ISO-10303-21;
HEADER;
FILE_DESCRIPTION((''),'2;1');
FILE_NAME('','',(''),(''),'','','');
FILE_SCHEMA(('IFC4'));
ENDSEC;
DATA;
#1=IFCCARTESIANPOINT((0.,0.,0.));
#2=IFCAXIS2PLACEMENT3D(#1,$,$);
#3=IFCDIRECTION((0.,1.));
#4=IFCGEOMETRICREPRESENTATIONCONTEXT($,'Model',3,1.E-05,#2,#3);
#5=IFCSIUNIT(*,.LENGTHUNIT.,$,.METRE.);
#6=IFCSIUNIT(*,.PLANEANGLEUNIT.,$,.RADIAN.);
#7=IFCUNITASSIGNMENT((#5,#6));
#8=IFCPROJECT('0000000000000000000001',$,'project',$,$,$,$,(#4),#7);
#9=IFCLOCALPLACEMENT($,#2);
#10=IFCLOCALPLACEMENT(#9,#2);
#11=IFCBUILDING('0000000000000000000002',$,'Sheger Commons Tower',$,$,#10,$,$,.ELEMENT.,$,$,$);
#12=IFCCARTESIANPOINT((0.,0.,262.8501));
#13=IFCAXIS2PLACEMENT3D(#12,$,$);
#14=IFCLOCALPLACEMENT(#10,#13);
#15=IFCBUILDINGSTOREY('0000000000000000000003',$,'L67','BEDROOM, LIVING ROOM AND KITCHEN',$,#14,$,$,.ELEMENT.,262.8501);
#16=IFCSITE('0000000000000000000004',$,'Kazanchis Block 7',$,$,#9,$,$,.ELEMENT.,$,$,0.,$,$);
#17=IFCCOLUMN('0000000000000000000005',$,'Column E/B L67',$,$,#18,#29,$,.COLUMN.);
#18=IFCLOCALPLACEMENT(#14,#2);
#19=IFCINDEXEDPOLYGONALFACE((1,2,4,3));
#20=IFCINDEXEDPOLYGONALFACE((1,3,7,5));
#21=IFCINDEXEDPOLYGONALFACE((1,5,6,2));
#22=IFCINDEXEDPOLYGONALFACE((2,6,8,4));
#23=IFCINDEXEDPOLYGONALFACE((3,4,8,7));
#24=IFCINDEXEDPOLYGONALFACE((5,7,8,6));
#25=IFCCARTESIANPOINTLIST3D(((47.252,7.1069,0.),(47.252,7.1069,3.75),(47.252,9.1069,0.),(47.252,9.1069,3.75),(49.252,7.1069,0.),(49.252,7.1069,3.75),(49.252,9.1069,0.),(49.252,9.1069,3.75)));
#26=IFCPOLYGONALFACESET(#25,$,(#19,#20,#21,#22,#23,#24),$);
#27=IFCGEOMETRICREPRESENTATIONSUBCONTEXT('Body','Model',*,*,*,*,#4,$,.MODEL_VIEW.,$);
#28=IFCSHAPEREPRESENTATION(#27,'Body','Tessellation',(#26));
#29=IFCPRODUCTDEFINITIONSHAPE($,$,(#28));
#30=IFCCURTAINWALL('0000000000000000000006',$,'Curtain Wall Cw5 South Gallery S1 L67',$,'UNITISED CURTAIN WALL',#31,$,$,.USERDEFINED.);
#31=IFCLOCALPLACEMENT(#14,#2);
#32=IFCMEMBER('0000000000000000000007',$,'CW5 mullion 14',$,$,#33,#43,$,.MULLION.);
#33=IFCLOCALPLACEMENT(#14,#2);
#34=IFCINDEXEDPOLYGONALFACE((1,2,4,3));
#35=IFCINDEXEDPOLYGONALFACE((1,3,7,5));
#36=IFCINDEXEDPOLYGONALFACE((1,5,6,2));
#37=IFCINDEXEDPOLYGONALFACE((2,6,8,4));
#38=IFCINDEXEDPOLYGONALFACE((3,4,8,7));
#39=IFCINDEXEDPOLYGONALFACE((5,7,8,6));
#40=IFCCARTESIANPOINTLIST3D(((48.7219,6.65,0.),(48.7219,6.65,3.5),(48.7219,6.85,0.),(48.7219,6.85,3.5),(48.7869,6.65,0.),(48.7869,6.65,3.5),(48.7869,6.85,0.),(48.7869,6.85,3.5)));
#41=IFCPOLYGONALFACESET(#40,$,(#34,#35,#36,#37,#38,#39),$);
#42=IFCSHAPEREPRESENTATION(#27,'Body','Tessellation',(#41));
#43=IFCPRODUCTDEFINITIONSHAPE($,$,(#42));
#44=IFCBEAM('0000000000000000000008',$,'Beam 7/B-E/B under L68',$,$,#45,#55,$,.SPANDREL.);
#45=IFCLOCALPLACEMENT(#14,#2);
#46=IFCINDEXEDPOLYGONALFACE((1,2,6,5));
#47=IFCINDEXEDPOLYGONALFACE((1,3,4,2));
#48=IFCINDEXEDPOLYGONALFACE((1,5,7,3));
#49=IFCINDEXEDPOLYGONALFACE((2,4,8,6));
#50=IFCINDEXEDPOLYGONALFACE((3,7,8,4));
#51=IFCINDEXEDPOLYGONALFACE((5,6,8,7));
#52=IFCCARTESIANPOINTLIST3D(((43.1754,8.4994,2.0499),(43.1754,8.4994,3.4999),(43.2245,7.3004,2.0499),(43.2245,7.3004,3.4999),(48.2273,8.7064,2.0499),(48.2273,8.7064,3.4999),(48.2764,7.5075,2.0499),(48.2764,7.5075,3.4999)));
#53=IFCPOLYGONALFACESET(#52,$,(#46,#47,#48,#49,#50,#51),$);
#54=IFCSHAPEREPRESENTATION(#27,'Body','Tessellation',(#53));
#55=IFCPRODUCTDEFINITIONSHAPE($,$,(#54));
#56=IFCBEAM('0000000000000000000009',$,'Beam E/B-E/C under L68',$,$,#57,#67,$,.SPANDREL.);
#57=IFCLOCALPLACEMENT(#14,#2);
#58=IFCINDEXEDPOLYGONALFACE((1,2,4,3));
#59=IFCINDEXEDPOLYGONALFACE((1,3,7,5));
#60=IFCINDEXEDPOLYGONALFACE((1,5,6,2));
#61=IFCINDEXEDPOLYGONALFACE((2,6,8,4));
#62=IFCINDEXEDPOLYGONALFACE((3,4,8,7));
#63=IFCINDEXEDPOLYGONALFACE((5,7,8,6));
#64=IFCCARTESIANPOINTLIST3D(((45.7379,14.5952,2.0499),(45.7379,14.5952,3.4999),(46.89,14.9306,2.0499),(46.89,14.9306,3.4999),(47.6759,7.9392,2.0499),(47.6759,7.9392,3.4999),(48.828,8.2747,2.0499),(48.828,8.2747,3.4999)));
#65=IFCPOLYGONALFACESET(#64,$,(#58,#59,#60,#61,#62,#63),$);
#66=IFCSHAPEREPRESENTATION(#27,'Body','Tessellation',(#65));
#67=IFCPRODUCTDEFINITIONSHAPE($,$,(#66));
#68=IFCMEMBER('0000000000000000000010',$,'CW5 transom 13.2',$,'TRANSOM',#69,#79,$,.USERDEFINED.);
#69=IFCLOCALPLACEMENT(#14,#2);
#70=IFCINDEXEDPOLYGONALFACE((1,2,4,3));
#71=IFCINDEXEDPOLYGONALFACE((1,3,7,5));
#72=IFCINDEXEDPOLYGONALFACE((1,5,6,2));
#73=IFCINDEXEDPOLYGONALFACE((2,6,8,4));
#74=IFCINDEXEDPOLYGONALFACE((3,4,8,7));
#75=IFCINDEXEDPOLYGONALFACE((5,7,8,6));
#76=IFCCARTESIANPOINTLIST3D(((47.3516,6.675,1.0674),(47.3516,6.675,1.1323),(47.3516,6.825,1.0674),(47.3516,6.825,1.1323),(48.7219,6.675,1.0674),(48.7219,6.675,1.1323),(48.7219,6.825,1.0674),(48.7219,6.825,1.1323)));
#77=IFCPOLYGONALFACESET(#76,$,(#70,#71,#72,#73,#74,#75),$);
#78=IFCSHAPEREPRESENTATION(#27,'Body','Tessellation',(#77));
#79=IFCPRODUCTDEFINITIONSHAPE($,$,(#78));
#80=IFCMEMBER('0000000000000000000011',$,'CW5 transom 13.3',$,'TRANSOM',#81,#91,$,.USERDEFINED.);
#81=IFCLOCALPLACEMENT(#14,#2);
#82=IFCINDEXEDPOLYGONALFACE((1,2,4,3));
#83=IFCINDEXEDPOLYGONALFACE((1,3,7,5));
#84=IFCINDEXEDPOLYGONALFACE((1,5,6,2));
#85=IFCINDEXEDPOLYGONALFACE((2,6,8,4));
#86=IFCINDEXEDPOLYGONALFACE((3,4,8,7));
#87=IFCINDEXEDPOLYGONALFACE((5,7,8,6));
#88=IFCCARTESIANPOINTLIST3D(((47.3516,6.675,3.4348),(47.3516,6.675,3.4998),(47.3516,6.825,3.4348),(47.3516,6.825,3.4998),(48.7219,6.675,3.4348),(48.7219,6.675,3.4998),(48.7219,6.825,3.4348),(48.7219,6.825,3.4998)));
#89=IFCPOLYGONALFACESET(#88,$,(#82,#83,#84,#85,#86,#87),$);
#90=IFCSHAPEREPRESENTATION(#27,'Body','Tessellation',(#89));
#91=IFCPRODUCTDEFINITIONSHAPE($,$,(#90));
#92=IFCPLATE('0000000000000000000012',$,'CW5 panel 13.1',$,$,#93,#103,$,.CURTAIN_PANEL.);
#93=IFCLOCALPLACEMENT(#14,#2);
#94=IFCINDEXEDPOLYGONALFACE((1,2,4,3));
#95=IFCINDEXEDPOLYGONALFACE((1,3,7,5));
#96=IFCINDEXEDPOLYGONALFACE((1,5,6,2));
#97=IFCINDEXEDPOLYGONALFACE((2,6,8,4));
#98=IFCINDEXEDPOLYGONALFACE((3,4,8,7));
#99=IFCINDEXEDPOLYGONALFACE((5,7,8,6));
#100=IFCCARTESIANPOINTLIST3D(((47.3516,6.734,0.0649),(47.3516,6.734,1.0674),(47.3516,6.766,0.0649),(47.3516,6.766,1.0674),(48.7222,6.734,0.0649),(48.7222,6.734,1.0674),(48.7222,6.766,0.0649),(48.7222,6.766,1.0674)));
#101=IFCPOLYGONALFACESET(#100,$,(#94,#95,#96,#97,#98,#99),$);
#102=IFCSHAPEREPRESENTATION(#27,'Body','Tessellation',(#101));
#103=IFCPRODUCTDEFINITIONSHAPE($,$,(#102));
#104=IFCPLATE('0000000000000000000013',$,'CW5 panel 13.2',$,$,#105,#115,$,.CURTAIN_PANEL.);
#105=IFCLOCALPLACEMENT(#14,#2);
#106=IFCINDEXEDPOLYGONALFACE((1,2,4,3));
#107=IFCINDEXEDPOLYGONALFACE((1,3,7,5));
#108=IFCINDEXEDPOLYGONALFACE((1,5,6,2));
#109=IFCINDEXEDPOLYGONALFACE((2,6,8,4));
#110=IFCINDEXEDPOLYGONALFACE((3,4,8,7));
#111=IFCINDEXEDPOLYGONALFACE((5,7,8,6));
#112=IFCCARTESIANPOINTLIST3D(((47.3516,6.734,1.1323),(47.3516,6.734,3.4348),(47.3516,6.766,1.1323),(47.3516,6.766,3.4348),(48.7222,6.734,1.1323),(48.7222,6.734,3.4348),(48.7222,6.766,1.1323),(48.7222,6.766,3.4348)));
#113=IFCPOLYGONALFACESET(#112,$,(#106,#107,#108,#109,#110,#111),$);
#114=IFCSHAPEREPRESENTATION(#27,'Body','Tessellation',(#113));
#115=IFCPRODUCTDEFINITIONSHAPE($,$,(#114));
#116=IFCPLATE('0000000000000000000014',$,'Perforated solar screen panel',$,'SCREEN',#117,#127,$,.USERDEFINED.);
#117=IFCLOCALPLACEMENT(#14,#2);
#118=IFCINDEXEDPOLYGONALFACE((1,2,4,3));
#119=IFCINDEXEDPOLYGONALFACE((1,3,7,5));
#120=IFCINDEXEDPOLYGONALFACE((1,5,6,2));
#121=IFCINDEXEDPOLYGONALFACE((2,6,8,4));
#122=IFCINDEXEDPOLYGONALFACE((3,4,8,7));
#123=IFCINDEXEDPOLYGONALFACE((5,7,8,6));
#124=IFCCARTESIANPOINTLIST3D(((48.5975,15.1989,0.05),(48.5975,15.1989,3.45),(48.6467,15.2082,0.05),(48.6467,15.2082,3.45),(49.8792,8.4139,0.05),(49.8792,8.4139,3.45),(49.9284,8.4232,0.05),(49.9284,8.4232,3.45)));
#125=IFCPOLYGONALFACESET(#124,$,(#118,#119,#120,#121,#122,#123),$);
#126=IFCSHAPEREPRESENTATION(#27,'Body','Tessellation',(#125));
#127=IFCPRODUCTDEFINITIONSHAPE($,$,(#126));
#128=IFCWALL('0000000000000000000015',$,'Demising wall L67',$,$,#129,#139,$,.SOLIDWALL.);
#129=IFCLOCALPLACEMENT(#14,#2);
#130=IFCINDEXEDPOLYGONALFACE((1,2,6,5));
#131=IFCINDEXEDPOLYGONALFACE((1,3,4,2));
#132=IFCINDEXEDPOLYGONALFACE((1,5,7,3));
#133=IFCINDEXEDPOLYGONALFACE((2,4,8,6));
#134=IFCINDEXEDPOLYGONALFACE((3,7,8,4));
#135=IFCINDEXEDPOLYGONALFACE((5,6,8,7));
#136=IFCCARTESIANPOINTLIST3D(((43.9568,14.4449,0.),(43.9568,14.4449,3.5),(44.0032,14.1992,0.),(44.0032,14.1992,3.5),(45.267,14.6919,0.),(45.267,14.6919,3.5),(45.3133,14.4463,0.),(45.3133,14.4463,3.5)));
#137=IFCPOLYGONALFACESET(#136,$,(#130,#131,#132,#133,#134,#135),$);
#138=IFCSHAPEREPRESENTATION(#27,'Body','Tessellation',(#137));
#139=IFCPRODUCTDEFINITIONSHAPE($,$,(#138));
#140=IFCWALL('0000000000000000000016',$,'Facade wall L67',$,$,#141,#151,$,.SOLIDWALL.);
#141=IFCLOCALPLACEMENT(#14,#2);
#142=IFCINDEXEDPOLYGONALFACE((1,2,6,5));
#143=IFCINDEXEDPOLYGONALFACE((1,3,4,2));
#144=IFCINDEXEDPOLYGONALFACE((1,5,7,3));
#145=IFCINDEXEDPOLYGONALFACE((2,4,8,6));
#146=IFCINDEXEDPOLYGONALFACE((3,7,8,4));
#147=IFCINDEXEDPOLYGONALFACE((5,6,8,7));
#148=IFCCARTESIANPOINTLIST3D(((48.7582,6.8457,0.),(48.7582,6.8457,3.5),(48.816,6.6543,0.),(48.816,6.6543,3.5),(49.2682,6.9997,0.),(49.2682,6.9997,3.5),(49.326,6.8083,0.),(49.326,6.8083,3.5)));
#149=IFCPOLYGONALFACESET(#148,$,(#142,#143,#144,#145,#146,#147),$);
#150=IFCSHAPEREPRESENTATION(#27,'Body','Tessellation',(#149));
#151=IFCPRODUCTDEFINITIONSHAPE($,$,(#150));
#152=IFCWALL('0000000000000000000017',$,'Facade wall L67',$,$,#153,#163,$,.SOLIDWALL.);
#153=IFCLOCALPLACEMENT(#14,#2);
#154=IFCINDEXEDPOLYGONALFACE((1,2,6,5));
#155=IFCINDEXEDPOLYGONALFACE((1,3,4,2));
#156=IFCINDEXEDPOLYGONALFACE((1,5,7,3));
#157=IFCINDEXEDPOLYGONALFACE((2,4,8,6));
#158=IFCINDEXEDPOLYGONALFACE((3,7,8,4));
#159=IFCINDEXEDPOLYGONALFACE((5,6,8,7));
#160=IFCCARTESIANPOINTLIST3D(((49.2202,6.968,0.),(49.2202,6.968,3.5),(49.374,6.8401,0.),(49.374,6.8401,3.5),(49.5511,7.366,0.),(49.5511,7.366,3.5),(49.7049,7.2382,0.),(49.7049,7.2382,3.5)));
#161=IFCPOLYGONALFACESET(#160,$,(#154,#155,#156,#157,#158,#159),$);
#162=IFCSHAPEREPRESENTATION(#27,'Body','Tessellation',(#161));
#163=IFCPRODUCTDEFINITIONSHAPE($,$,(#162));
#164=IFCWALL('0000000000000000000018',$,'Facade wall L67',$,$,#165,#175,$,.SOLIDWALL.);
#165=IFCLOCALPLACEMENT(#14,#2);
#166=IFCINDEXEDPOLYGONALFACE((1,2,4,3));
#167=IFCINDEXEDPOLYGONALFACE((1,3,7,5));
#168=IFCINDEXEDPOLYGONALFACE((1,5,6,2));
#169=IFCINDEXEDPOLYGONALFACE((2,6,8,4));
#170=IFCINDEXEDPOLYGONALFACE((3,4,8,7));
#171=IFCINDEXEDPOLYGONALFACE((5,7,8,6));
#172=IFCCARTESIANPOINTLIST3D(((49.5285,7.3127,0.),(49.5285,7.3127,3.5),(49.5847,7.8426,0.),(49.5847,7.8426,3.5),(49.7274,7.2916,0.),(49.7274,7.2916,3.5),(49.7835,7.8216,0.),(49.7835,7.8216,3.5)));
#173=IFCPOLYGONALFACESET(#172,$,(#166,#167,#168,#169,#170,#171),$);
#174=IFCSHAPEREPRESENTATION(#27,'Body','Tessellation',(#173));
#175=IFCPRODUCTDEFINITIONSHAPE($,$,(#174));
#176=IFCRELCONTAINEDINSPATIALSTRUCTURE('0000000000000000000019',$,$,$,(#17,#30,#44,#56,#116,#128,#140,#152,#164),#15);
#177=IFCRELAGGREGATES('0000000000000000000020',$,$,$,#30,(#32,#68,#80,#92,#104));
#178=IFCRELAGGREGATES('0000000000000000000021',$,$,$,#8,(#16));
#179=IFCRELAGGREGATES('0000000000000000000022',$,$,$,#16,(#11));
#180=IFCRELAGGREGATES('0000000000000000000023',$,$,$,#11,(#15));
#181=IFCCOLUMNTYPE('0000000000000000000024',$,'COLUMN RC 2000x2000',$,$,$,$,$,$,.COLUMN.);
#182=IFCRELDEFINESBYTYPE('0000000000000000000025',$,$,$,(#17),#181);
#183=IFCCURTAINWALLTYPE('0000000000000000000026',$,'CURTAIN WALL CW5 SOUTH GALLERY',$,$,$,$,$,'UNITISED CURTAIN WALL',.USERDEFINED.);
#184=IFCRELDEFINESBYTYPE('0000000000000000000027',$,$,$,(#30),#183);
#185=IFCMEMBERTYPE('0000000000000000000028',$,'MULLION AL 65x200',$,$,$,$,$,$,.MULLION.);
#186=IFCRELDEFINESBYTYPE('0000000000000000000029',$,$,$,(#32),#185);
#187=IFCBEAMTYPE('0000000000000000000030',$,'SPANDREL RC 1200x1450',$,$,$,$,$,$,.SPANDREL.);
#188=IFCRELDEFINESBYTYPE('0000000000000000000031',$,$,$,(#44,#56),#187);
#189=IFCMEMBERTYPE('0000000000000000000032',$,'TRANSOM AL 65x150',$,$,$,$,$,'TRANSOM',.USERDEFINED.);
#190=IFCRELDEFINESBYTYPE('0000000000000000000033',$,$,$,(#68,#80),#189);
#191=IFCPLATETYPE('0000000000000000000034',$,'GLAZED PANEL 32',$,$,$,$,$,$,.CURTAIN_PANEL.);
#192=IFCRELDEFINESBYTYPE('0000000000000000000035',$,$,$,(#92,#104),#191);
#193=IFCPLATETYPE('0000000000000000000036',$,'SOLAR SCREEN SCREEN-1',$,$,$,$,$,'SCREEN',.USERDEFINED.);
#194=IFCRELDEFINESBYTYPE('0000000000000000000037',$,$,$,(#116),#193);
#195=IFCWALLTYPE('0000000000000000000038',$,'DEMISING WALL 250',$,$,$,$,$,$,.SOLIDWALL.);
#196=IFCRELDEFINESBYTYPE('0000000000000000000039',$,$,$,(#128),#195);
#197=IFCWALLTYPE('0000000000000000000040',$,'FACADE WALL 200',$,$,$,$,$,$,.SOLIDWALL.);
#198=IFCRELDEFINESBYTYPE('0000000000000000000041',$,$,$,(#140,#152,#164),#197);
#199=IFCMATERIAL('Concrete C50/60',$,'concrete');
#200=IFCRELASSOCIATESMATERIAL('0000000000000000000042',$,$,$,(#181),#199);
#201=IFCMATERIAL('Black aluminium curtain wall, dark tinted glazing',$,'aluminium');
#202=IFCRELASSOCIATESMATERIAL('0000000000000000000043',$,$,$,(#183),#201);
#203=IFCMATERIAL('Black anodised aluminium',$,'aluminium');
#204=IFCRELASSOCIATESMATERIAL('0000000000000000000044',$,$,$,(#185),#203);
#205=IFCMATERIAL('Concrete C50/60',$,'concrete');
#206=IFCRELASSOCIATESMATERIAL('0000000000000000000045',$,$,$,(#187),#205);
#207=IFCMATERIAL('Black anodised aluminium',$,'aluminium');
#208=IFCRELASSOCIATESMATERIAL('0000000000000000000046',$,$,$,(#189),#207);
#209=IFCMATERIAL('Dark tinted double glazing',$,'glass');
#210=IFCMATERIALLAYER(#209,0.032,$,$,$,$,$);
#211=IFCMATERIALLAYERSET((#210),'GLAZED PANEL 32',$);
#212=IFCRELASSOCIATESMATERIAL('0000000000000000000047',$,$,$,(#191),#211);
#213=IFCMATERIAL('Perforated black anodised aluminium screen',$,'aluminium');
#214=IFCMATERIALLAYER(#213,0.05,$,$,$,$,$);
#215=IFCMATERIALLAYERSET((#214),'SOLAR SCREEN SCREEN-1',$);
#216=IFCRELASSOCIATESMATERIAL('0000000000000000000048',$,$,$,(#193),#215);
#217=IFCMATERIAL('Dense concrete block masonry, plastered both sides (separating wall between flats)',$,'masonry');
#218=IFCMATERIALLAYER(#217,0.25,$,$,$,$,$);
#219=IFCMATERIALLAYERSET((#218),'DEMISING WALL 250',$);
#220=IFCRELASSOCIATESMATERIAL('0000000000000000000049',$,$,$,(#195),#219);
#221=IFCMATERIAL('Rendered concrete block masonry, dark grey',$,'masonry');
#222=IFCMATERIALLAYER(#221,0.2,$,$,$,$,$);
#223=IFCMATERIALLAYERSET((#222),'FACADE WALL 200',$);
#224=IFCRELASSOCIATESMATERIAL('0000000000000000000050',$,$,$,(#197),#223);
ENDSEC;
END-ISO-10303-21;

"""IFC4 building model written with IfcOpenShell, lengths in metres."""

from ifc_helpers import new_model, si_unit, direction, frame, frame_2d, origin, origin_2d, place, context, subcontext, project, spatial, rectangle, extrude, material, layer, layer_set, material_profile, profile_set, type_object, element, aggregate, save


model = new_model("IFC4")

# Units and contexts
model_context = context("Model", 3, precision=1e-05, world=origin(), true_north=direction((0.0, 1.0)))
body_context = subcontext(model_context, "Body", "Model", "MODEL_VIEW")
ifc_project = project(units=[si_unit("LENGTHUNIT", "METRE"), si_unit("PLANEANGLEUNIT", "RADIAN")], contexts=[model_context])

# Site, building, storey
site_placement = place(None, origin())
site = spatial("IfcSite", under=ifc_project, at=site_placement, Name="Kazanchis Block 7", CompositionType="ELEMENT", RefElevation=0.0)
building_placement = place(site_placement, origin())
building = spatial("IfcBuilding", under=site, at=building_placement, Name="Sheger Commons Tower", CompositionType="ELEMENT")
storey_placement = place(building_placement, frame((0.0, 0.0, 262.8501)))
storey = spatial("IfcBuildingStorey", under=building, at=storey_placement, Name="L67", Description="BEDROOM, LIVING ROOM AND KITCHEN", CompositionType="ELEMENT", Elevation=262.8501)

# Column
ifc_material_1 = material(Name="Concrete C50/60", Category="concrete")
ifc_material_profile_1 = material_profile(ifc_material_1, rectangle(XDim=2.0, YDim=2.0, at=origin_2d()), Name="RC 2000x2000")
ifc_profile_set_1 = profile_set([ifc_material_profile_1], Name="Concrete C50/60")
column_type = type_object("IfcColumnType", Name="COLUMN RC 2000x2000", PredefinedType="COLUMN", material=ifc_profile_set_1)
column_placement = place(storey_placement, frame((48.252, 8.1069, 0.0), z_axis=(0.0, 0.0, 1.0), x_axis=(1.0, 0.0, 0.0)))
element("IfcColumn", 1, at=column_placement, inside=storey, type_object=column_type, Name="Column E/B L67", PredefinedType="COLUMN", context=body_context, shape_type="SweptSolid", body=[
    extrude(rectangle(XDim=2.0, YDim=2.0, at=origin_2d()), origin(), (0.0, 0.0, 1.0), 3.75),
])

# Curtain wall, member
ifc_material_2 = material(Name="Black aluminium curtain wall, dark tinted glazing", Category="aluminium")
curtain_wall_type = type_object("IfcCurtainWallType", Name="CURTAIN WALL CW5 SOUTH GALLERY", ElementType="UNITISED CURTAIN WALL", PredefinedType="USERDEFINED", material=ifc_material_2)
curtain_wall_placement = place(storey_placement, origin())
curtain_wall = element("IfcCurtainWall", 2, at=curtain_wall_placement, inside=storey, type_object=curtain_wall_type, Name="Curtain Wall Cw5 South Gallery S1 L67", ObjectType="UNITISED CURTAIN WALL", PredefinedType="USERDEFINED")
ifc_material_3 = material(Name="Black anodised aluminium", Category="aluminium")
ifc_material_profile_2 = material_profile(ifc_material_3, rectangle(XDim=0.2, YDim=0.0649, at=origin_2d()), Name="AL 65x200")
ifc_profile_set_2 = profile_set([ifc_material_profile_2], Name="Black anodised aluminium")
member_type_1 = type_object("IfcMemberType", Name="MULLION AL 65x200", PredefinedType="MULLION", material=ifc_profile_set_2)
member_1_placement = place(storey_placement, frame((48.7544, 6.75, 0.0), z_axis=(0.0, 0.0, 1.0), x_axis=(0.0, 1.0, 0.0)))
member_1 = element("IfcMember", 3, at=member_1_placement, type_object=member_type_1, Name="CW5 mullion 14", PredefinedType="MULLION", context=body_context, shape_type="SweptSolid", body=[
    extrude(rectangle(XDim=0.2, YDim=0.0649, at=origin_2d()), origin(), (0.0, 0.0, 1.0), 3.5),
])

# Beams
ifc_material_4 = material(Name="Concrete C50/60", Category="concrete")
ifc_material_profile_3 = material_profile(ifc_material_4, rectangle(XDim=1.2, YDim=1.45, at=origin_2d()), Name="RC 1200x1450")
ifc_profile_set_3 = profile_set([ifc_material_profile_3], Name="Concrete C50/60")
beam_type = type_object("IfcBeamType", Name="SPANDREL RC 1200x1450", PredefinedType="SPANDREL", material=ifc_profile_set_3)
beam_1_placement = place(storey_placement, frame((43.2, 7.8999, 2.7749), z_axis=(0.999161, 0.040946, 0.0), x_axis=(-0.040946, 0.999161, 0.0)))
element("IfcBeam", 4, at=beam_1_placement, inside=storey, type_object=beam_type, Name="Beam 7/B-E/B under L68", PredefinedType="SPANDREL", context=body_context, shape_type="SweptSolid", body=[
    extrude(rectangle(XDim=1.2, YDim=1.45, at=origin_2d()), origin(), (0.0, 0.0, 1.0), 5.0562),
])
beam_2_placement = place(storey_placement, frame((48.252, 8.1069, 2.7749), z_axis=(-0.279555, 0.96013, 0.0), x_axis=(-0.96013, -0.279555, 0.0)))
element("IfcBeam", 5, at=beam_2_placement, inside=storey, type_object=beam_type, Name="Beam E/B-E/C under L68", PredefinedType="SPANDREL", context=body_context, shape_type="SweptSolid", body=[
    extrude(rectangle(XDim=1.2, YDim=1.45, at=origin_2d()), origin(), (0.0, 0.0, 1.0), 6.9324),
])

# Members
ifc_material_5 = material(Name="Black anodised aluminium", Category="aluminium")
ifc_material_profile_4 = material_profile(ifc_material_5, rectangle(XDim=0.1499, YDim=0.0649, at=origin_2d()), Name="AL 65x150")
ifc_profile_set_4 = profile_set([ifc_material_profile_4], Name="Black anodised aluminium")
member_type_2 = type_object("IfcMemberType", Name="TRANSOM AL 65x150", ElementType="TRANSOM", PredefinedType="USERDEFINED", material=ifc_profile_set_4)
member_2_placement = place(storey_placement, frame((47.3516, 6.75, 1.0999), z_axis=(1.0, 0.0, 0.0), x_axis=(0.0, 1.0, 0.0)))
member_2 = element("IfcMember", 6, at=member_2_placement, type_object=member_type_2, Name="CW5 transom 13.2", ObjectType="TRANSOM", PredefinedType="USERDEFINED", context=body_context, shape_type="SweptSolid", body=[
    extrude(rectangle(XDim=0.1499, YDim=0.0649, at=origin_2d()), origin(), (0.0, 0.0, 1.0), 1.3704),
])
member_3_placement = place(storey_placement, frame((47.3516, 6.75, 3.4673), z_axis=(1.0, 0.0, 0.0), x_axis=(0.0, 1.0, 0.0)))
member_3 = element("IfcMember", 7, at=member_3_placement, type_object=member_type_2, Name="CW5 transom 13.3", ObjectType="TRANSOM", PredefinedType="USERDEFINED", context=body_context, shape_type="SweptSolid", body=[
    extrude(rectangle(XDim=0.1499, YDim=0.0649, at=origin_2d()), origin(), (0.0, 0.0, 1.0), 1.3704),
])

# Plates
ifc_material_6 = material(Name="Dark tinted double glazing", Category="glass")
ifc_layer_1 = layer(ifc_material_6, 0.032)
ifc_layer_set_1 = layer_set([ifc_layer_1], Name="GLAZED PANEL 32")
plate_type_1 = type_object("IfcPlateType", Name="GLAZED PANEL 32", PredefinedType="CURTAIN_PANEL", material=ifc_layer_set_1)
plate_1_placement = place(storey_placement, frame((48.0369, 6.75, 0.0649), z_axis=(0.0, 0.0, 1.0), x_axis=(1.0, 0.0, 0.0)))
plate_1 = element("IfcPlate", 8, at=plate_1_placement, type_object=plate_type_1, Name="CW5 panel 13.1", PredefinedType="CURTAIN_PANEL", context=body_context, shape_type="SweptSolid", body=[
    extrude(rectangle(XDim=1.3706, YDim=0.032, at=origin_2d()), origin(), (0.0, 0.0, 1.0), 1.0024),
])
plate_2_placement = place(storey_placement, frame((48.0369, 6.75, 1.1323), z_axis=(0.0, 0.0, 1.0), x_axis=(1.0, 0.0, 0.0)))
plate_2 = element("IfcPlate", 9, at=plate_2_placement, type_object=plate_type_1, Name="CW5 panel 13.2", PredefinedType="CURTAIN_PANEL", context=body_context, shape_type="SweptSolid", body=[
    extrude(rectangle(XDim=1.3706, YDim=0.032, at=origin_2d()), origin(), (0.0, 0.0, 1.0), 2.3025),
])
aggregate(curtain_wall, [member_1, member_2, member_3, plate_1, plate_2])
ifc_material_7 = material(Name="Perforated black anodised aluminium screen", Category="aluminium")
ifc_layer_2 = layer(ifc_material_7, 0.05)
ifc_layer_set_2 = layer_set([ifc_layer_2], Name="SOLAR SCREEN SCREEN-1")
plate_type_2 = type_object("IfcPlateType", Name="SOLAR SCREEN SCREEN-1", ElementType="SCREEN", PredefinedType="USERDEFINED", material=ifc_layer_set_2)
plate_3_placement = place(storey_placement, frame((49.2629, 11.811, 0.05), z_axis=(0.0, 0.0, 1.0), x_axis=(-0.185615, 0.982623, 0.0)))
element("IfcPlate", 10, at=plate_3_placement, inside=storey, type_object=plate_type_2, Name="Perforated solar screen panel", ObjectType="SCREEN", PredefinedType="USERDEFINED", context=body_context, shape_type="SweptSolid", body=[
    extrude(rectangle(XDim=6.905, YDim=0.05, at=origin_2d()), origin(), (0.0, 0.0, 1.0), 3.3999),
])

# Walls
ifc_material_8 = material(Name="Dense concrete block masonry, plastered both sides (separating wall between flats)", Category="masonry")
ifc_layer_3 = layer(ifc_material_8, 0.25)
ifc_layer_set_3 = layer_set([ifc_layer_3], Name="DEMISING WALL 250")
wall_type_1 = type_object("IfcWallType", Name="DEMISING WALL 250", PredefinedType="SOLIDWALL", material=ifc_layer_set_3)
wall_1_placement = place(storey_placement, frame((45.29, 14.5691, 0.0), z_axis=(0.0, 0.0, 1.0), x_axis=(-0.982677, -0.185328, 0.0)))
element("IfcWall", 11, at=wall_1_placement, inside=storey, type_object=wall_type_1, Name="Demising wall L67", PredefinedType="SOLIDWALL", context=body_context, shape_type="SweptSolid", body=[
    extrude(rectangle(XDim=1.3333, YDim=0.25, at=frame_2d((0.6665, 0.0))), origin(), (0.0, 0.0, 1.0), 3.5),
])
ifc_material_9 = material(Name="Rendered concrete block masonry, dark grey", Category="masonry")
ifc_layer_4 = layer(ifc_material_9, 0.2)
ifc_layer_set_4 = layer_set([ifc_layer_4], Name="FACADE WALL 200")
wall_type_2 = type_object("IfcWallType", Name="FACADE WALL 200", PredefinedType="SOLIDWALL", material=ifc_layer_set_4)
wall_2_placement = place(storey_placement, frame((48.7871, 6.75, 0.0), z_axis=(0.0, 0.0, 1.0), x_axis=(0.957282, 0.289155, 0.0)))
element("IfcWall", 12, at=wall_2_placement, inside=storey, type_object=wall_type_2, Name="Facade wall L67", PredefinedType="SOLIDWALL", context=body_context, shape_type="SweptSolid", body=[
    extrude(rectangle(XDim=0.5327, YDim=0.2, at=frame_2d((0.2664, 0.0))), origin(), (0.0, 0.0, 1.0), 3.5),
])
wall_3_placement = place(storey_placement, frame((49.2971, 6.9041, 0.0), z_axis=(0.0, 0.0, 1.0), x_axis=(0.639256, 0.768994, 0.0)))
element("IfcWall", 13, at=wall_3_placement, inside=storey, type_object=wall_type_2, Name="Facade wall L67", PredefinedType="SOLIDWALL", context=body_context, shape_type="SweptSolid", body=[
    extrude(rectangle(XDim=0.5176, YDim=0.2, at=frame_2d((0.2588, 0.0))), origin(), (0.0, 0.0, 1.0), 3.5),
])
wall_4_placement = place(storey_placement, frame((49.6279, 7.302, 0.0), z_axis=(0.0, 0.0, 1.0), x_axis=(0.105352, 0.994435, 0.0)))
element("IfcWall", 14, at=wall_4_placement, inside=storey, type_object=wall_type_2, Name="Facade wall L67", PredefinedType="SOLIDWALL", context=body_context, shape_type="SweptSolid", body=[
    extrude(rectangle(XDim=0.533, YDim=0.2, at=frame_2d((0.2666, 0.0))), origin(), (0.0, 0.0, 1.0), 3.5),
])

save(model, "model.ifc")
